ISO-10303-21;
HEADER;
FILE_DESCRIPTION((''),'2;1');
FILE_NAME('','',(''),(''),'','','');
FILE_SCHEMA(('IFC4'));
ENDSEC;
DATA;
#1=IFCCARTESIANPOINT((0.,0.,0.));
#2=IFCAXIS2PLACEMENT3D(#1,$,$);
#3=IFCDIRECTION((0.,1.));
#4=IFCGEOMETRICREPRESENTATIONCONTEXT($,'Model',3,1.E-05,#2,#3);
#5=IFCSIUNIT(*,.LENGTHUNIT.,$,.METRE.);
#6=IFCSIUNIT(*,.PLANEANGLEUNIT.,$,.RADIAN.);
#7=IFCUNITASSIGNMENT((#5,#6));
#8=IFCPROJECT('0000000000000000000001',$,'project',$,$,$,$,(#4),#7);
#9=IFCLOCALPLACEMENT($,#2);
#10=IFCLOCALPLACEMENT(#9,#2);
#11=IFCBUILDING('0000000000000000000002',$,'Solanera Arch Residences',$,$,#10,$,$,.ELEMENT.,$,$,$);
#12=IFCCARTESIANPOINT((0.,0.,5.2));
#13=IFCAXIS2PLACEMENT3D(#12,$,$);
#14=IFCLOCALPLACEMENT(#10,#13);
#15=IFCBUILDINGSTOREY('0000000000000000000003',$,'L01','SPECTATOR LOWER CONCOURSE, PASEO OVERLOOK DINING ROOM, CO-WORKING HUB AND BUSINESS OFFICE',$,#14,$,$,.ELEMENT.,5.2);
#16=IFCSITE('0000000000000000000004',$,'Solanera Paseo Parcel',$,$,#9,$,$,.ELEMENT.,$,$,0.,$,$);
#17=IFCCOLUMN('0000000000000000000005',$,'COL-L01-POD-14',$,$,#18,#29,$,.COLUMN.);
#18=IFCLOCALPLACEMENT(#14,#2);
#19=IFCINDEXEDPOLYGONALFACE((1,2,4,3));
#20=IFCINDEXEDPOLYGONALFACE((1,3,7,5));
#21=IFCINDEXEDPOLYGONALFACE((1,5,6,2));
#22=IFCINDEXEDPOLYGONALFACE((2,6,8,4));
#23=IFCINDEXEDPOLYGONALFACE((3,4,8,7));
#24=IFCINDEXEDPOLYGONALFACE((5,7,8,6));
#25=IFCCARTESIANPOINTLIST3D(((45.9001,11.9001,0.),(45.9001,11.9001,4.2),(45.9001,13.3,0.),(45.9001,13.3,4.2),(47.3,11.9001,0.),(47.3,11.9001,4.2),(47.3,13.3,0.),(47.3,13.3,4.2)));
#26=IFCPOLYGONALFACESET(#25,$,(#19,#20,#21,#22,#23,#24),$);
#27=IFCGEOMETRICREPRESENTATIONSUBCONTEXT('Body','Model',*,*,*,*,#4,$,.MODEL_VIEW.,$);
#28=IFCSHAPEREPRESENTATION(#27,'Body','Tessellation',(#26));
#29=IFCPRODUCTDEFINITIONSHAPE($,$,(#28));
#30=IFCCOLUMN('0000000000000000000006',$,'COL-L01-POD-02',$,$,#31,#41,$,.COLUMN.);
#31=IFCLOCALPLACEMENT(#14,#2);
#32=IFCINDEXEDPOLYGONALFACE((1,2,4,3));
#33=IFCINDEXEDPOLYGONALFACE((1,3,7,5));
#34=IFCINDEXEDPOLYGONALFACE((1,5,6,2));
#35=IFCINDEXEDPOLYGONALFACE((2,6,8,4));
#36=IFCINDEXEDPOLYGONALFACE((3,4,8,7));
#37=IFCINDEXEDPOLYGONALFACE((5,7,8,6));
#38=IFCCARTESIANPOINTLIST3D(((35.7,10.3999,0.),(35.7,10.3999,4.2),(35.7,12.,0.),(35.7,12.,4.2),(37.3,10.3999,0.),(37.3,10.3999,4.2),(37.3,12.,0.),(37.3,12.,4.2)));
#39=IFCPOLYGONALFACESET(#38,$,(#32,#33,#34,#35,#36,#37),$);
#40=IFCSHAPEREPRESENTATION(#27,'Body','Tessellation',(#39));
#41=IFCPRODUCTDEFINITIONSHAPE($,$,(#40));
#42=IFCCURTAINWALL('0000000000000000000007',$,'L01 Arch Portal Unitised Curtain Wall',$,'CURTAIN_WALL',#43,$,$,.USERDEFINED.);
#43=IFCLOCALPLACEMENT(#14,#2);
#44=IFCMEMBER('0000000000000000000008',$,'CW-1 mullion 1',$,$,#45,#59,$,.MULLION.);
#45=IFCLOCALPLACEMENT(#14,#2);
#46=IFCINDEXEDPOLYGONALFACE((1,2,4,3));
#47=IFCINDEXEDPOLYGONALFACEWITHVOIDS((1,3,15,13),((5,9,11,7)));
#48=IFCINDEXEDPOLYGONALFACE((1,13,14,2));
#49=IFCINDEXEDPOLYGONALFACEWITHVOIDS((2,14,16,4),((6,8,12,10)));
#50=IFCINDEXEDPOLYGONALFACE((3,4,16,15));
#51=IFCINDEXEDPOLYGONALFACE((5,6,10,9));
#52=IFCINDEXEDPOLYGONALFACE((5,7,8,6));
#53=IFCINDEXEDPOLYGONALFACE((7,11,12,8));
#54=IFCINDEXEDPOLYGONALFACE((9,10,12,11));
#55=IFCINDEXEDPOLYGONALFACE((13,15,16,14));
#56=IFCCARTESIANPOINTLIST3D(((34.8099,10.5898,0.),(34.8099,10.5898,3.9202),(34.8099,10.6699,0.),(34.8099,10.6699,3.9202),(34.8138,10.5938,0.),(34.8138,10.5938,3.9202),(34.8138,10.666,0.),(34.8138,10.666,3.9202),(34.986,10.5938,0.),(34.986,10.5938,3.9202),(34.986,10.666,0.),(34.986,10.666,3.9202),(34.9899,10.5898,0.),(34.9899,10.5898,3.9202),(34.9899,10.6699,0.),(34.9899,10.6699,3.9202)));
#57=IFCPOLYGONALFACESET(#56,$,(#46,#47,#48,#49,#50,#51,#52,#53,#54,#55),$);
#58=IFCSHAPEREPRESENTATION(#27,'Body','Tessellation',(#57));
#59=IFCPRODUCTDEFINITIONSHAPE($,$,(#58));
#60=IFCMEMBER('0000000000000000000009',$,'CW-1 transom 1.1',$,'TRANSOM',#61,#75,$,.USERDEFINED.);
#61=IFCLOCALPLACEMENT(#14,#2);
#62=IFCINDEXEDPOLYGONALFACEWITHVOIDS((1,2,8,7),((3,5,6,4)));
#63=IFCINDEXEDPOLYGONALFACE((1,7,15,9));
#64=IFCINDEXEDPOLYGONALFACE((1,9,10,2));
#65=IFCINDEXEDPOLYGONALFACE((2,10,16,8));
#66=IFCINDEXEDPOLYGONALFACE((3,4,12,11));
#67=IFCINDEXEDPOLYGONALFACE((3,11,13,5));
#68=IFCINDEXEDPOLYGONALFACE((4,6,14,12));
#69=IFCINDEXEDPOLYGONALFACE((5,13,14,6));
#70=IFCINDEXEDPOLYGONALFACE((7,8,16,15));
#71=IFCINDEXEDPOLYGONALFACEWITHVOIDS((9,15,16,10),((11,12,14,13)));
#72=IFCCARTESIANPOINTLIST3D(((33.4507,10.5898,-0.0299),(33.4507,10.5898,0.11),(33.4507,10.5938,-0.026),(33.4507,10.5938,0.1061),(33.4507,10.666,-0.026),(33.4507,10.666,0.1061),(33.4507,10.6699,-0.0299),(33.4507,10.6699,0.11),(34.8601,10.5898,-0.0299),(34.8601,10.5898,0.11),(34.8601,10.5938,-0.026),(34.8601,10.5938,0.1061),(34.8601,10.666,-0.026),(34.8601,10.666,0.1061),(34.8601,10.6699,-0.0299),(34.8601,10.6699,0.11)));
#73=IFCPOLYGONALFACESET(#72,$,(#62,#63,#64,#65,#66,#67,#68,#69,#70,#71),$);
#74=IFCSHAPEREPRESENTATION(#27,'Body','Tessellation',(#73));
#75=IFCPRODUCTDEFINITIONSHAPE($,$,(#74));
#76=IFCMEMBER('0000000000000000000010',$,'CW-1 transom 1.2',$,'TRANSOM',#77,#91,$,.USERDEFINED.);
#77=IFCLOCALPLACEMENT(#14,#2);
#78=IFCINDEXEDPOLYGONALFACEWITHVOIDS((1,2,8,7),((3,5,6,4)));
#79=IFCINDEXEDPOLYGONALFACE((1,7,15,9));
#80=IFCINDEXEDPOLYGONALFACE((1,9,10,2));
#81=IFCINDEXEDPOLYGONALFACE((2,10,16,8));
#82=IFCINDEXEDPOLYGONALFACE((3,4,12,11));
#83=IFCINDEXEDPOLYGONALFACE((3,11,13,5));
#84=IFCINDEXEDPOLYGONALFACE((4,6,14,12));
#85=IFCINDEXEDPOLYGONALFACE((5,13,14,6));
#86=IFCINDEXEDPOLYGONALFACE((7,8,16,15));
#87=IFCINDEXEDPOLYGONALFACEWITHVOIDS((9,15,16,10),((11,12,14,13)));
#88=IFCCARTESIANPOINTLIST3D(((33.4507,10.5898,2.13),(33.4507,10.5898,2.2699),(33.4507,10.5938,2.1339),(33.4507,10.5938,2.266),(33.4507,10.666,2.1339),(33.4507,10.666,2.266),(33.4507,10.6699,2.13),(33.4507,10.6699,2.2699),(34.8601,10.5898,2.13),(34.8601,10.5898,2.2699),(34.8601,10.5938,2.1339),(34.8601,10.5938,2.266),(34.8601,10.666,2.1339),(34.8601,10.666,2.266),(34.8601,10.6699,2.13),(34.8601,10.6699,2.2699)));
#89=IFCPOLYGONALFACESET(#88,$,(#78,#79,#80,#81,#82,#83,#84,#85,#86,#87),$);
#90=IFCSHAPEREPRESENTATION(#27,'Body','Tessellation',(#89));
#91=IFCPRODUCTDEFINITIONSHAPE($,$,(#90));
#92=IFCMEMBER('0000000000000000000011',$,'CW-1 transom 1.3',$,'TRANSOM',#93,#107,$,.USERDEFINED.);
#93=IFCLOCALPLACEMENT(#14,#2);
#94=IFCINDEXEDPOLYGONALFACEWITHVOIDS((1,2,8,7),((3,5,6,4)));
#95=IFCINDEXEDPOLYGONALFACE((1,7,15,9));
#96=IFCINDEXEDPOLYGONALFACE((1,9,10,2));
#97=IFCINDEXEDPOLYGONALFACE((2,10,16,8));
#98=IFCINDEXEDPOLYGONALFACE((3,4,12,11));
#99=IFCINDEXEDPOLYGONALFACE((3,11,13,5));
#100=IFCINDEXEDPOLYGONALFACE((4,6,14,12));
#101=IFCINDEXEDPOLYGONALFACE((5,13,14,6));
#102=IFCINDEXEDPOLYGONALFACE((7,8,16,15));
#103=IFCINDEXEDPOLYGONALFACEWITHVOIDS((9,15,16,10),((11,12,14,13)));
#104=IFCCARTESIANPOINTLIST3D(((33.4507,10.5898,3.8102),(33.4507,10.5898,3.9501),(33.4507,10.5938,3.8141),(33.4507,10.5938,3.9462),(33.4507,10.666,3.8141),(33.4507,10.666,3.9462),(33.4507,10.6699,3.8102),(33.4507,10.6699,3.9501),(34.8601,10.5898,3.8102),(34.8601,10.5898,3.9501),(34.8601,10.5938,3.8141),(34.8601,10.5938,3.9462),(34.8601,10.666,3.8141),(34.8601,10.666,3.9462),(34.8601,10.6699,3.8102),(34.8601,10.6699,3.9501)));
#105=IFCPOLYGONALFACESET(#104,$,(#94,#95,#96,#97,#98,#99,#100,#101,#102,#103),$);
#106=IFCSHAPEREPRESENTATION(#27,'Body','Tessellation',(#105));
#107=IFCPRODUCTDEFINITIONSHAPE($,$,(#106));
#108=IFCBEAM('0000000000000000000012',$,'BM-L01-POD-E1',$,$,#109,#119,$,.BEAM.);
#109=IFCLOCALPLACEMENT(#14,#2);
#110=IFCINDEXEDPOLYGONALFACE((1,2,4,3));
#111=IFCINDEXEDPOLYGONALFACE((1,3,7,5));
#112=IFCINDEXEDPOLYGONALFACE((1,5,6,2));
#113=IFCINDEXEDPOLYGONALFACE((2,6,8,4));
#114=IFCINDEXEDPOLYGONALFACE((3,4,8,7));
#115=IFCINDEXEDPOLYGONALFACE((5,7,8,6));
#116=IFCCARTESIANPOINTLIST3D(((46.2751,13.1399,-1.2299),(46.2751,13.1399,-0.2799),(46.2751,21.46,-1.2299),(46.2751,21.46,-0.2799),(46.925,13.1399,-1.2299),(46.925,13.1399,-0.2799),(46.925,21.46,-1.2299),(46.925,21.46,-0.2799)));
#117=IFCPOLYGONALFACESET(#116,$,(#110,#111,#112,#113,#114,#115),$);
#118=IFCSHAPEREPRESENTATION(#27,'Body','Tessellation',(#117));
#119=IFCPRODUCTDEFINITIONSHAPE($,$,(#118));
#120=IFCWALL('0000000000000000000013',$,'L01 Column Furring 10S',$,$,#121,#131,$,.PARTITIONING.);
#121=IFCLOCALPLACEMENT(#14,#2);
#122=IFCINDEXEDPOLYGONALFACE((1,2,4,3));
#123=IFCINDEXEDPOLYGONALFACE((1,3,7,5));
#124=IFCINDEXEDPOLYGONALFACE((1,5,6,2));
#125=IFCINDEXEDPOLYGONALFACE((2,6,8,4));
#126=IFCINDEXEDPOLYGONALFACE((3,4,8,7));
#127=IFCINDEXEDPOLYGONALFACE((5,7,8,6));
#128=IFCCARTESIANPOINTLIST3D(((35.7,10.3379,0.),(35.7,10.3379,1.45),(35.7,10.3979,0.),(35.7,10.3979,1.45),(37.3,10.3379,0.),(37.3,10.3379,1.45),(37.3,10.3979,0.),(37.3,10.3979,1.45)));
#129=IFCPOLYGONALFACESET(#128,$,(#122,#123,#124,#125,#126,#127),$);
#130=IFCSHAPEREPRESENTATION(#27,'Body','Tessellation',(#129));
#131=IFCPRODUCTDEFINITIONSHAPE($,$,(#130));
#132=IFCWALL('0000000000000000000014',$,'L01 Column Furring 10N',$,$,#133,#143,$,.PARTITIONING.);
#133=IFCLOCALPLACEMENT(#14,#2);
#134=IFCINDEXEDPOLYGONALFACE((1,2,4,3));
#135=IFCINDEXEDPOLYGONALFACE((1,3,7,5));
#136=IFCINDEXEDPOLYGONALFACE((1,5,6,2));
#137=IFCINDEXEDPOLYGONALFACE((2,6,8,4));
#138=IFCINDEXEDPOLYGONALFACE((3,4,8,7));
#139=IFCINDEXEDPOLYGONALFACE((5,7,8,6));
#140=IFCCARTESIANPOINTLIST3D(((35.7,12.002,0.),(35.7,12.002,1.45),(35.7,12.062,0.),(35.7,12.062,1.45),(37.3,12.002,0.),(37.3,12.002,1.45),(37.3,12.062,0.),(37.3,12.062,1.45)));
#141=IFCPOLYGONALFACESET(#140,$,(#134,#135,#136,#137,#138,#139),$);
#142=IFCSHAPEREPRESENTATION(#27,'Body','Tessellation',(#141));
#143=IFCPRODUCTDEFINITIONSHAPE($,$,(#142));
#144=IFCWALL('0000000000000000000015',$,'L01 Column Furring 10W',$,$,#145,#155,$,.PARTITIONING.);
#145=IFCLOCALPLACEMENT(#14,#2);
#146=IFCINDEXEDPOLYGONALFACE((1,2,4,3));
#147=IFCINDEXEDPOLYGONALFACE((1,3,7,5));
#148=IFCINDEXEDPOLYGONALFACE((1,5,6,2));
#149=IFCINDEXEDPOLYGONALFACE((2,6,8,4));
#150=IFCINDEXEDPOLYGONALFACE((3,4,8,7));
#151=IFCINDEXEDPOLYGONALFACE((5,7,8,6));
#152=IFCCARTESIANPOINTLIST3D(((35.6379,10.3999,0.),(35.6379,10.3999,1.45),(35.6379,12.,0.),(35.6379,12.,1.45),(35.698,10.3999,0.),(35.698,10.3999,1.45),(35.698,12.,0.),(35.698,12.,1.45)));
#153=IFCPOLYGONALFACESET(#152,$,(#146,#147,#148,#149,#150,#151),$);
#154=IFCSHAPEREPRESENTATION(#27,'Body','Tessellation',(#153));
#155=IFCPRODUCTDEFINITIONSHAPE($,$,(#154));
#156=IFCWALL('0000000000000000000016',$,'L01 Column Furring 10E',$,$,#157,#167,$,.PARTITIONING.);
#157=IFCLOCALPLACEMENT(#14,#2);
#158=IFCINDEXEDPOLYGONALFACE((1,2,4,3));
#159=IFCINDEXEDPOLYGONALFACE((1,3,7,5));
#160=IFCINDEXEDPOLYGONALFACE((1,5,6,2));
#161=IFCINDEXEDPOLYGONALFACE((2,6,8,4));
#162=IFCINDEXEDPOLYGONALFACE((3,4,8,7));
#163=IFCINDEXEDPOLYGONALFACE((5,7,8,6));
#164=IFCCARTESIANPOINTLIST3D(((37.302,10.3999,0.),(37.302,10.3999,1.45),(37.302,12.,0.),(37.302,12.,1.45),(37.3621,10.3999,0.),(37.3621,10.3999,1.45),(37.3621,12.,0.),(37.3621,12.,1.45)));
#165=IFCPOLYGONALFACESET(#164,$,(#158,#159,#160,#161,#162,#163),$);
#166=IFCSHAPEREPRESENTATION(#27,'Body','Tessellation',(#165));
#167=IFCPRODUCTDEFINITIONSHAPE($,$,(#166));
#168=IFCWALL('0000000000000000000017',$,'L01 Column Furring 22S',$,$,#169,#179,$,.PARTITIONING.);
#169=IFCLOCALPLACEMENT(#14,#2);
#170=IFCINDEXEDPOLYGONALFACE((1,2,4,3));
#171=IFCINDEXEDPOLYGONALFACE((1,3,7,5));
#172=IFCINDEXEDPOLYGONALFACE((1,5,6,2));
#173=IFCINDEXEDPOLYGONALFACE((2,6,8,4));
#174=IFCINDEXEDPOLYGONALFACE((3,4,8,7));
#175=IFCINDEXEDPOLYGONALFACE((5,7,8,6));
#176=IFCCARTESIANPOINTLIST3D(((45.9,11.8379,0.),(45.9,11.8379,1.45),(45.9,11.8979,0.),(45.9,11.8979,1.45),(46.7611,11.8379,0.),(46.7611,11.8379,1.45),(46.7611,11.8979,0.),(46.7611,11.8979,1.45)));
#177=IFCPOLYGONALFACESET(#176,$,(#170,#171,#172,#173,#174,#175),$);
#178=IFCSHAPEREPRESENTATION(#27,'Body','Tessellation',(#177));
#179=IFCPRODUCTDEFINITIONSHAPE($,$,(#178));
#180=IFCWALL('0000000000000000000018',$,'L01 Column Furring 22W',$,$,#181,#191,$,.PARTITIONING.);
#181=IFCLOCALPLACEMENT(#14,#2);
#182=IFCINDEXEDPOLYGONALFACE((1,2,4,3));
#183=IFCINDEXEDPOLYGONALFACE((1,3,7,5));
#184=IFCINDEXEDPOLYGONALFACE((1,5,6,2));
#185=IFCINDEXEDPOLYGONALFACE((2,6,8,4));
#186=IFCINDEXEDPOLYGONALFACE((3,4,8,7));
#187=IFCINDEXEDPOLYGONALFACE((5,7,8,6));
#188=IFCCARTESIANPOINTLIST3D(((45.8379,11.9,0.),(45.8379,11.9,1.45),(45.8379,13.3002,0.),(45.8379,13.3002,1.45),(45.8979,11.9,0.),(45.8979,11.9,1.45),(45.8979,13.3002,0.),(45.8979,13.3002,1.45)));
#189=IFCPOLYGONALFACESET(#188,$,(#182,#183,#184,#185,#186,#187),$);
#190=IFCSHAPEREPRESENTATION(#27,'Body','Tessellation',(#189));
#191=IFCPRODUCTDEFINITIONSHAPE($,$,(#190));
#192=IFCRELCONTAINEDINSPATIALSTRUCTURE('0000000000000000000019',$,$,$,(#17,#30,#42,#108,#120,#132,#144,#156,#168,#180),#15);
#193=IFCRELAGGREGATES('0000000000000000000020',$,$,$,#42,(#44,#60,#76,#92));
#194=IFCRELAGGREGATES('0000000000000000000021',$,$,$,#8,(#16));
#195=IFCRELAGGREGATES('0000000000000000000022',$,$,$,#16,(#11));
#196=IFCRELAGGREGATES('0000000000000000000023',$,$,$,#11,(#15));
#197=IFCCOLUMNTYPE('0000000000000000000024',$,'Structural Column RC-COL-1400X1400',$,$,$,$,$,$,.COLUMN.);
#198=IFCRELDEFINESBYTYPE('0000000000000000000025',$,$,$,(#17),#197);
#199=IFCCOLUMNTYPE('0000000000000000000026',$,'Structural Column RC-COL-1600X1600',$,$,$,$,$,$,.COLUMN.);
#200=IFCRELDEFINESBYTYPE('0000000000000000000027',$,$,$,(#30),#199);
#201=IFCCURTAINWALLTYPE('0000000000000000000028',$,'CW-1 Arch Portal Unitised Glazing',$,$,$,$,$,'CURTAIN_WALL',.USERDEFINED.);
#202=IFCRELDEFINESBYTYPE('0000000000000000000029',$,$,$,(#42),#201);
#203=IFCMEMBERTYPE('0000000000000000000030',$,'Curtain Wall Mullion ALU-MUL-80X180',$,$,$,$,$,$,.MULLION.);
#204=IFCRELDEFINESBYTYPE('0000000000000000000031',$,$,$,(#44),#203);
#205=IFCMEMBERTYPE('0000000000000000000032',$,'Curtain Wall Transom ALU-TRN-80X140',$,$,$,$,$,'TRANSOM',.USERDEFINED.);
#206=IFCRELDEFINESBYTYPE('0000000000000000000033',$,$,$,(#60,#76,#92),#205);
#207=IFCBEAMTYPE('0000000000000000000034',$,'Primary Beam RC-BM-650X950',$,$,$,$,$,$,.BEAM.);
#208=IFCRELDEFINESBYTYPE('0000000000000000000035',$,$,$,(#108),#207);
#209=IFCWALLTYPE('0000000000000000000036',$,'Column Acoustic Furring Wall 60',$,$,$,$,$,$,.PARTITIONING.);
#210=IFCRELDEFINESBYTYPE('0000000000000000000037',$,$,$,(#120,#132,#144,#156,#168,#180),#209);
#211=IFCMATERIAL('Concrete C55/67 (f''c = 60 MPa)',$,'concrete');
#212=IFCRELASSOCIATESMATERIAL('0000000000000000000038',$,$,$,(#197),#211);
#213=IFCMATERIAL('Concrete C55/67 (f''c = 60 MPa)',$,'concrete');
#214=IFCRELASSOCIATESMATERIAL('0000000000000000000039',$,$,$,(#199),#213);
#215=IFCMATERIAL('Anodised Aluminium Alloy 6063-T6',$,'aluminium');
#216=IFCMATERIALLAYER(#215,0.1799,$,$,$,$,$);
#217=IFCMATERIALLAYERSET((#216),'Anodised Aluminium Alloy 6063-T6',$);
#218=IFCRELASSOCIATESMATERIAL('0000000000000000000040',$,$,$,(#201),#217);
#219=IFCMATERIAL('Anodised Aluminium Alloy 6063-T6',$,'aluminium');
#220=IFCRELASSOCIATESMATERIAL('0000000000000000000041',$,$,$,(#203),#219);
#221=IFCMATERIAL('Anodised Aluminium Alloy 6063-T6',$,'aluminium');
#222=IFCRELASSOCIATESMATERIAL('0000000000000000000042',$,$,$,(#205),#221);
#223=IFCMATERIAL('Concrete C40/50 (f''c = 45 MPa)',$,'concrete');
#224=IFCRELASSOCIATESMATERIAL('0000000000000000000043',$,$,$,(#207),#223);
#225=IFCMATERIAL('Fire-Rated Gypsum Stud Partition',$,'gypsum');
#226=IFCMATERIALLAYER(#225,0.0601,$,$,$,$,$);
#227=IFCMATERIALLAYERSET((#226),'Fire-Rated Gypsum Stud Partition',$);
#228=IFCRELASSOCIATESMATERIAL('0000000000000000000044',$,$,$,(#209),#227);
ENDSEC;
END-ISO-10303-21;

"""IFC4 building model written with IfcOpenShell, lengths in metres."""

from ifc_helpers import new_model, si_unit, direction, frame, frame_2d, origin, origin_2d, place, context, subcontext, project, spatial, rectangle, hollow_rectangle, extrude, material, layer, layer_set, material_profile, profile_set, type_object, element, aggregate, save


model = new_model("IFC4")

# Units and contexts
model_context = context("Model", 3, precision=1e-05, world=origin(), true_north=direction((0.0, 1.0)))
body_context = subcontext(model_context, "Body", "Model", "MODEL_VIEW")
ifc_project = project(units=[si_unit("LENGTHUNIT", "METRE"), si_unit("PLANEANGLEUNIT", "RADIAN")], contexts=[model_context])

# Site, building, storey
site_placement = place(None, origin())
site = spatial("IfcSite", under=ifc_project, at=site_placement, Name="Solanera Paseo Parcel", CompositionType="ELEMENT", RefElevation=0.0)
building_placement = place(site_placement, origin())
building = spatial("IfcBuilding", under=site, at=building_placement, Name="Solanera Arch Residences", CompositionType="ELEMENT")
storey_placement = place(building_placement, frame((0.0, 0.0, 5.2)))
storey = spatial("IfcBuildingStorey", under=building, at=storey_placement, Name="L01", Description="SPECTATOR LOWER CONCOURSE, PASEO OVERLOOK DINING ROOM, CO-WORKING HUB AND BUSINESS OFFICE", CompositionType="ELEMENT", Elevation=5.2)

# Columns
ifc_material_1 = material(Name="Concrete C55/67 (f'c = 60 MPa)", Category="concrete")
ifc_material_profile_1 = material_profile(ifc_material_1, rectangle(XDim=1.3999, YDim=1.3999, at=origin_2d()))
ifc_profile_set_1 = profile_set([ifc_material_profile_1], Name="Concrete C55/67 (f'c = 60 MPa)")
column_type_1 = type_object("IfcColumnType", Name="Structural Column RC-COL-1400X1400", PredefinedType="COLUMN", material=ifc_profile_set_1)
column_1_placement = place(storey_placement, frame((46.6001, 12.6001, 0.0), z_axis=(0.0, 0.0, 1.0), x_axis=(1.0, 0.0, 0.0)))
element("IfcColumn", 1, at=column_1_placement, inside=storey, type_object=column_type_1, Name="COL-L01-POD-14", PredefinedType="COLUMN", context=body_context, shape_type="SweptSolid", body=[
    extrude(rectangle(XDim=1.3999, YDim=1.3999, at=origin_2d()), origin(), (0.0, 0.0, 1.0), 4.2),
])
ifc_material_2 = material(Name="Concrete C55/67 (f'c = 60 MPa)", Category="concrete")
ifc_material_profile_2 = material_profile(ifc_material_2, rectangle(XDim=1.6001, YDim=1.6001, at=origin_2d()))
ifc_profile_set_2 = profile_set([ifc_material_profile_2], Name="Concrete C55/67 (f'c = 60 MPa)")
column_type_2 = type_object("IfcColumnType", Name="Structural Column RC-COL-1600X1600", PredefinedType="COLUMN", material=ifc_profile_set_2)
column_2_placement = place(storey_placement, frame((36.5, 11.2, 0.0), z_axis=(0.0, 0.0, 1.0), x_axis=(1.0, 0.0, 0.0)))
element("IfcColumn", 2, at=column_2_placement, inside=storey, type_object=column_type_2, Name="COL-L01-POD-02", PredefinedType="COLUMN", context=body_context, shape_type="SweptSolid", body=[
    extrude(rectangle(XDim=1.6001, YDim=1.6001, at=origin_2d()), origin(), (0.0, 0.0, 1.0), 4.2),
])

# Curtain wall, members
ifc_material_3 = material(Name="Anodised Aluminium Alloy 6063-T6", Category="aluminium")
ifc_layer_1 = layer(ifc_material_3, 0.1799)
ifc_layer_set_1 = layer_set([ifc_layer_1], Name="Anodised Aluminium Alloy 6063-T6")
curtain_wall_type = type_object("IfcCurtainWallType", Name="CW-1 Arch Portal Unitised Glazing", ElementType="CURTAIN_WALL", PredefinedType="USERDEFINED", material=ifc_layer_set_1)
curtain_wall_placement = place(storey_placement, origin())
curtain_wall = element("IfcCurtainWall", 3, at=curtain_wall_placement, inside=storey, type_object=curtain_wall_type, Name="L01 Arch Portal Unitised Curtain Wall", ObjectType="CURTAIN_WALL", PredefinedType="USERDEFINED")
ifc_material_4 = material(Name="Anodised Aluminium Alloy 6063-T6", Category="aluminium")
ifc_material_profile_3 = material_profile(ifc_material_4, hollow_rectangle(XDim=0.0801, YDim=0.1799, WallThickness=0.0039, at=origin_2d()))
ifc_profile_set_3 = profile_set([ifc_material_profile_3], Name="Anodised Aluminium Alloy 6063-T6")
member_type_1 = type_object("IfcMemberType", Name="Curtain Wall Mullion ALU-MUL-80X180", PredefinedType="MULLION", material=ifc_profile_set_3)
member_1_placement = place(storey_placement, frame((34.8999, 10.6299, 0.0), z_axis=(0.0, 0.0, 1.0), x_axis=(0.0, -1.0, 0.0)))
member_1 = element("IfcMember", 4, at=member_1_placement, type_object=member_type_1, Name="CW-1 mullion 1", PredefinedType="MULLION", context=body_context, shape_type="SweptSolid", body=[
    extrude(hollow_rectangle(XDim=0.0801, YDim=0.1799, WallThickness=0.0039, at=origin_2d()), origin(), (0.0, 0.0, 1.0), 3.9202),
])
ifc_material_5 = material(Name="Anodised Aluminium Alloy 6063-T6", Category="aluminium")
ifc_material_profile_4 = material_profile(ifc_material_5, hollow_rectangle(XDim=0.0801, YDim=0.1399, WallThickness=0.0039, at=origin_2d()))
ifc_profile_set_4 = profile_set([ifc_material_profile_4], Name="Anodised Aluminium Alloy 6063-T6")
member_type_2 = type_object("IfcMemberType", Name="Curtain Wall Transom ALU-TRN-80X140", ElementType="TRANSOM", PredefinedType="USERDEFINED", material=ifc_profile_set_4)
member_2_placement = place(storey_placement, frame((34.8601, 10.6299, 0.04), z_axis=(-1.0, 0.0, 0.0), x_axis=(0.0, -1.0, 0.0)))
member_2 = element("IfcMember", 5, at=member_2_placement, type_object=member_type_2, Name="CW-1 transom 1.1", ObjectType="TRANSOM", PredefinedType="USERDEFINED", context=body_context, shape_type="SweptSolid", body=[
    extrude(hollow_rectangle(XDim=0.0801, YDim=0.1399, WallThickness=0.0039, at=origin_2d()), origin(), (0.0, 0.0, 1.0), 1.4094),
])
member_3_placement = place(storey_placement, frame((34.8601, 10.6299, 2.2), z_axis=(-1.0, 0.0, 0.0), x_axis=(0.0, -1.0, 0.0)))
member_3 = element("IfcMember", 6, at=member_3_placement, type_object=member_type_2, Name="CW-1 transom 1.2", ObjectType="TRANSOM", PredefinedType="USERDEFINED", context=body_context, shape_type="SweptSolid", body=[
    extrude(hollow_rectangle(XDim=0.0801, YDim=0.1399, WallThickness=0.0039, at=origin_2d()), origin(), (0.0, 0.0, 1.0), 1.4094),
])
member_4_placement = place(storey_placement, frame((34.8601, 10.6299, 3.8801), z_axis=(-1.0, 0.0, 0.0), x_axis=(0.0, -1.0, 0.0)))
member_4 = element("IfcMember", 7, at=member_4_placement, type_object=member_type_2, Name="CW-1 transom 1.3", ObjectType="TRANSOM", PredefinedType="USERDEFINED", context=body_context, shape_type="SweptSolid", body=[
    extrude(hollow_rectangle(XDim=0.0801, YDim=0.1399, WallThickness=0.0039, at=origin_2d()), origin(), (0.0, 0.0, 1.0), 1.4094),
])
aggregate(curtain_wall, [member_1, member_2, member_3, member_4])

# Beam
ifc_material_6 = material(Name="Concrete C40/50 (f'c = 45 MPa)", Category="concrete")
ifc_material_profile_5 = material_profile(ifc_material_6, rectangle(XDim=0.6499, YDim=0.95, at=origin_2d()))
ifc_profile_set_5 = profile_set([ifc_material_profile_5], Name="Concrete C40/50 (f'c = 45 MPa)")
beam_type = type_object("IfcBeamType", Name="Primary Beam RC-BM-650X950", PredefinedType="BEAM", material=ifc_profile_set_5)
beam_placement = place(storey_placement, frame((46.6001, 13.1399, -0.7549), z_axis=(0.0, 1.0, 0.0), x_axis=(-1.0, 0.0, 0.0)))
element("IfcBeam", 8, at=beam_placement, inside=storey, type_object=beam_type, Name="BM-L01-POD-E1", PredefinedType="BEAM", context=body_context, shape_type="SweptSolid", body=[
    extrude(rectangle(XDim=0.6499, YDim=0.95, at=origin_2d()), origin(), (0.0, 0.0, 1.0), 8.3201),
])

# Walls
ifc_material_7 = material(Name="Fire-Rated Gypsum Stud Partition", Category="gypsum")
ifc_layer_2 = layer(ifc_material_7, 0.0601)
ifc_layer_set_2 = layer_set([ifc_layer_2], Name="Fire-Rated Gypsum Stud Partition")
wall_type_1 = type_object("IfcWallType", Name="Column Acoustic Furring Wall 60", PredefinedType="PARTITIONING", material=ifc_layer_set_2)
for number, where, z_axis, x_axis, name in (
    (9, (35.7, 10.3679, 0.0), (0.0, 0.0, 1.0), (1.0, 0.0, 0.0), "L01 Column Furring 10S"),
    (10, (35.7, 12.032, 0.0), (0.0, 0.0, 1.0), (1.0, 0.0, 0.0), "L01 Column Furring 10N"),
    (11, (35.668, 10.3999, 0.0), (0.0, 0.0, 1.0), (0.0, 1.0, 0.0), "L01 Column Furring 10W"),
    (12, (37.332, 10.3999, 0.0), (0.0, 0.0, 1.0), (0.0, 1.0, 0.0), "L01 Column Furring 10E"),
):
    element("IfcWall", number, at=place(storey_placement, frame(where, z_axis=z_axis, x_axis=x_axis)), inside=storey, type_object=wall_type_1, Name=name, PredefinedType="PARTITIONING", context=body_context, shape_type="SweptSolid", body=[
        extrude(rectangle(XDim=1.6001, YDim=0.0601, at=frame_2d((0.8, 0.0))), origin(), (0.0, 0.0, 1.0), 1.45),
    ])
wall_1_placement = place(storey_placement, frame((45.8999, 11.8679, 0.0), z_axis=(0.0, 0.0, 1.0), x_axis=(1.0, 0.0, 0.0)))
element("IfcWall", 13, at=wall_1_placement, inside=storey, type_object=wall_type_1, Name="L01 Column Furring 22S", PredefinedType="PARTITIONING", context=body_context, shape_type="SweptSolid", body=[
    extrude(rectangle(XDim=0.8611, YDim=0.0601, at=frame_2d((0.4307, 0.0))), origin(), (0.0, 0.0, 1.0), 1.45),
])
wall_2_placement = place(storey_placement, frame((45.8679, 11.8999, 0.0), z_axis=(0.0, 0.0, 1.0), x_axis=(0.0, 1.0, 0.0)))
element("IfcWall", 14, at=wall_2_placement, inside=storey, type_object=wall_type_1, Name="L01 Column Furring 22W", PredefinedType="PARTITIONING", context=body_context, shape_type="SweptSolid", body=[
    extrude(rectangle(XDim=1.4001, YDim=0.0601, at=frame_2d((0.7002, 0.0))), origin(), (0.0, 0.0, 1.0), 1.45),
])

save(model, "model.ifc")
